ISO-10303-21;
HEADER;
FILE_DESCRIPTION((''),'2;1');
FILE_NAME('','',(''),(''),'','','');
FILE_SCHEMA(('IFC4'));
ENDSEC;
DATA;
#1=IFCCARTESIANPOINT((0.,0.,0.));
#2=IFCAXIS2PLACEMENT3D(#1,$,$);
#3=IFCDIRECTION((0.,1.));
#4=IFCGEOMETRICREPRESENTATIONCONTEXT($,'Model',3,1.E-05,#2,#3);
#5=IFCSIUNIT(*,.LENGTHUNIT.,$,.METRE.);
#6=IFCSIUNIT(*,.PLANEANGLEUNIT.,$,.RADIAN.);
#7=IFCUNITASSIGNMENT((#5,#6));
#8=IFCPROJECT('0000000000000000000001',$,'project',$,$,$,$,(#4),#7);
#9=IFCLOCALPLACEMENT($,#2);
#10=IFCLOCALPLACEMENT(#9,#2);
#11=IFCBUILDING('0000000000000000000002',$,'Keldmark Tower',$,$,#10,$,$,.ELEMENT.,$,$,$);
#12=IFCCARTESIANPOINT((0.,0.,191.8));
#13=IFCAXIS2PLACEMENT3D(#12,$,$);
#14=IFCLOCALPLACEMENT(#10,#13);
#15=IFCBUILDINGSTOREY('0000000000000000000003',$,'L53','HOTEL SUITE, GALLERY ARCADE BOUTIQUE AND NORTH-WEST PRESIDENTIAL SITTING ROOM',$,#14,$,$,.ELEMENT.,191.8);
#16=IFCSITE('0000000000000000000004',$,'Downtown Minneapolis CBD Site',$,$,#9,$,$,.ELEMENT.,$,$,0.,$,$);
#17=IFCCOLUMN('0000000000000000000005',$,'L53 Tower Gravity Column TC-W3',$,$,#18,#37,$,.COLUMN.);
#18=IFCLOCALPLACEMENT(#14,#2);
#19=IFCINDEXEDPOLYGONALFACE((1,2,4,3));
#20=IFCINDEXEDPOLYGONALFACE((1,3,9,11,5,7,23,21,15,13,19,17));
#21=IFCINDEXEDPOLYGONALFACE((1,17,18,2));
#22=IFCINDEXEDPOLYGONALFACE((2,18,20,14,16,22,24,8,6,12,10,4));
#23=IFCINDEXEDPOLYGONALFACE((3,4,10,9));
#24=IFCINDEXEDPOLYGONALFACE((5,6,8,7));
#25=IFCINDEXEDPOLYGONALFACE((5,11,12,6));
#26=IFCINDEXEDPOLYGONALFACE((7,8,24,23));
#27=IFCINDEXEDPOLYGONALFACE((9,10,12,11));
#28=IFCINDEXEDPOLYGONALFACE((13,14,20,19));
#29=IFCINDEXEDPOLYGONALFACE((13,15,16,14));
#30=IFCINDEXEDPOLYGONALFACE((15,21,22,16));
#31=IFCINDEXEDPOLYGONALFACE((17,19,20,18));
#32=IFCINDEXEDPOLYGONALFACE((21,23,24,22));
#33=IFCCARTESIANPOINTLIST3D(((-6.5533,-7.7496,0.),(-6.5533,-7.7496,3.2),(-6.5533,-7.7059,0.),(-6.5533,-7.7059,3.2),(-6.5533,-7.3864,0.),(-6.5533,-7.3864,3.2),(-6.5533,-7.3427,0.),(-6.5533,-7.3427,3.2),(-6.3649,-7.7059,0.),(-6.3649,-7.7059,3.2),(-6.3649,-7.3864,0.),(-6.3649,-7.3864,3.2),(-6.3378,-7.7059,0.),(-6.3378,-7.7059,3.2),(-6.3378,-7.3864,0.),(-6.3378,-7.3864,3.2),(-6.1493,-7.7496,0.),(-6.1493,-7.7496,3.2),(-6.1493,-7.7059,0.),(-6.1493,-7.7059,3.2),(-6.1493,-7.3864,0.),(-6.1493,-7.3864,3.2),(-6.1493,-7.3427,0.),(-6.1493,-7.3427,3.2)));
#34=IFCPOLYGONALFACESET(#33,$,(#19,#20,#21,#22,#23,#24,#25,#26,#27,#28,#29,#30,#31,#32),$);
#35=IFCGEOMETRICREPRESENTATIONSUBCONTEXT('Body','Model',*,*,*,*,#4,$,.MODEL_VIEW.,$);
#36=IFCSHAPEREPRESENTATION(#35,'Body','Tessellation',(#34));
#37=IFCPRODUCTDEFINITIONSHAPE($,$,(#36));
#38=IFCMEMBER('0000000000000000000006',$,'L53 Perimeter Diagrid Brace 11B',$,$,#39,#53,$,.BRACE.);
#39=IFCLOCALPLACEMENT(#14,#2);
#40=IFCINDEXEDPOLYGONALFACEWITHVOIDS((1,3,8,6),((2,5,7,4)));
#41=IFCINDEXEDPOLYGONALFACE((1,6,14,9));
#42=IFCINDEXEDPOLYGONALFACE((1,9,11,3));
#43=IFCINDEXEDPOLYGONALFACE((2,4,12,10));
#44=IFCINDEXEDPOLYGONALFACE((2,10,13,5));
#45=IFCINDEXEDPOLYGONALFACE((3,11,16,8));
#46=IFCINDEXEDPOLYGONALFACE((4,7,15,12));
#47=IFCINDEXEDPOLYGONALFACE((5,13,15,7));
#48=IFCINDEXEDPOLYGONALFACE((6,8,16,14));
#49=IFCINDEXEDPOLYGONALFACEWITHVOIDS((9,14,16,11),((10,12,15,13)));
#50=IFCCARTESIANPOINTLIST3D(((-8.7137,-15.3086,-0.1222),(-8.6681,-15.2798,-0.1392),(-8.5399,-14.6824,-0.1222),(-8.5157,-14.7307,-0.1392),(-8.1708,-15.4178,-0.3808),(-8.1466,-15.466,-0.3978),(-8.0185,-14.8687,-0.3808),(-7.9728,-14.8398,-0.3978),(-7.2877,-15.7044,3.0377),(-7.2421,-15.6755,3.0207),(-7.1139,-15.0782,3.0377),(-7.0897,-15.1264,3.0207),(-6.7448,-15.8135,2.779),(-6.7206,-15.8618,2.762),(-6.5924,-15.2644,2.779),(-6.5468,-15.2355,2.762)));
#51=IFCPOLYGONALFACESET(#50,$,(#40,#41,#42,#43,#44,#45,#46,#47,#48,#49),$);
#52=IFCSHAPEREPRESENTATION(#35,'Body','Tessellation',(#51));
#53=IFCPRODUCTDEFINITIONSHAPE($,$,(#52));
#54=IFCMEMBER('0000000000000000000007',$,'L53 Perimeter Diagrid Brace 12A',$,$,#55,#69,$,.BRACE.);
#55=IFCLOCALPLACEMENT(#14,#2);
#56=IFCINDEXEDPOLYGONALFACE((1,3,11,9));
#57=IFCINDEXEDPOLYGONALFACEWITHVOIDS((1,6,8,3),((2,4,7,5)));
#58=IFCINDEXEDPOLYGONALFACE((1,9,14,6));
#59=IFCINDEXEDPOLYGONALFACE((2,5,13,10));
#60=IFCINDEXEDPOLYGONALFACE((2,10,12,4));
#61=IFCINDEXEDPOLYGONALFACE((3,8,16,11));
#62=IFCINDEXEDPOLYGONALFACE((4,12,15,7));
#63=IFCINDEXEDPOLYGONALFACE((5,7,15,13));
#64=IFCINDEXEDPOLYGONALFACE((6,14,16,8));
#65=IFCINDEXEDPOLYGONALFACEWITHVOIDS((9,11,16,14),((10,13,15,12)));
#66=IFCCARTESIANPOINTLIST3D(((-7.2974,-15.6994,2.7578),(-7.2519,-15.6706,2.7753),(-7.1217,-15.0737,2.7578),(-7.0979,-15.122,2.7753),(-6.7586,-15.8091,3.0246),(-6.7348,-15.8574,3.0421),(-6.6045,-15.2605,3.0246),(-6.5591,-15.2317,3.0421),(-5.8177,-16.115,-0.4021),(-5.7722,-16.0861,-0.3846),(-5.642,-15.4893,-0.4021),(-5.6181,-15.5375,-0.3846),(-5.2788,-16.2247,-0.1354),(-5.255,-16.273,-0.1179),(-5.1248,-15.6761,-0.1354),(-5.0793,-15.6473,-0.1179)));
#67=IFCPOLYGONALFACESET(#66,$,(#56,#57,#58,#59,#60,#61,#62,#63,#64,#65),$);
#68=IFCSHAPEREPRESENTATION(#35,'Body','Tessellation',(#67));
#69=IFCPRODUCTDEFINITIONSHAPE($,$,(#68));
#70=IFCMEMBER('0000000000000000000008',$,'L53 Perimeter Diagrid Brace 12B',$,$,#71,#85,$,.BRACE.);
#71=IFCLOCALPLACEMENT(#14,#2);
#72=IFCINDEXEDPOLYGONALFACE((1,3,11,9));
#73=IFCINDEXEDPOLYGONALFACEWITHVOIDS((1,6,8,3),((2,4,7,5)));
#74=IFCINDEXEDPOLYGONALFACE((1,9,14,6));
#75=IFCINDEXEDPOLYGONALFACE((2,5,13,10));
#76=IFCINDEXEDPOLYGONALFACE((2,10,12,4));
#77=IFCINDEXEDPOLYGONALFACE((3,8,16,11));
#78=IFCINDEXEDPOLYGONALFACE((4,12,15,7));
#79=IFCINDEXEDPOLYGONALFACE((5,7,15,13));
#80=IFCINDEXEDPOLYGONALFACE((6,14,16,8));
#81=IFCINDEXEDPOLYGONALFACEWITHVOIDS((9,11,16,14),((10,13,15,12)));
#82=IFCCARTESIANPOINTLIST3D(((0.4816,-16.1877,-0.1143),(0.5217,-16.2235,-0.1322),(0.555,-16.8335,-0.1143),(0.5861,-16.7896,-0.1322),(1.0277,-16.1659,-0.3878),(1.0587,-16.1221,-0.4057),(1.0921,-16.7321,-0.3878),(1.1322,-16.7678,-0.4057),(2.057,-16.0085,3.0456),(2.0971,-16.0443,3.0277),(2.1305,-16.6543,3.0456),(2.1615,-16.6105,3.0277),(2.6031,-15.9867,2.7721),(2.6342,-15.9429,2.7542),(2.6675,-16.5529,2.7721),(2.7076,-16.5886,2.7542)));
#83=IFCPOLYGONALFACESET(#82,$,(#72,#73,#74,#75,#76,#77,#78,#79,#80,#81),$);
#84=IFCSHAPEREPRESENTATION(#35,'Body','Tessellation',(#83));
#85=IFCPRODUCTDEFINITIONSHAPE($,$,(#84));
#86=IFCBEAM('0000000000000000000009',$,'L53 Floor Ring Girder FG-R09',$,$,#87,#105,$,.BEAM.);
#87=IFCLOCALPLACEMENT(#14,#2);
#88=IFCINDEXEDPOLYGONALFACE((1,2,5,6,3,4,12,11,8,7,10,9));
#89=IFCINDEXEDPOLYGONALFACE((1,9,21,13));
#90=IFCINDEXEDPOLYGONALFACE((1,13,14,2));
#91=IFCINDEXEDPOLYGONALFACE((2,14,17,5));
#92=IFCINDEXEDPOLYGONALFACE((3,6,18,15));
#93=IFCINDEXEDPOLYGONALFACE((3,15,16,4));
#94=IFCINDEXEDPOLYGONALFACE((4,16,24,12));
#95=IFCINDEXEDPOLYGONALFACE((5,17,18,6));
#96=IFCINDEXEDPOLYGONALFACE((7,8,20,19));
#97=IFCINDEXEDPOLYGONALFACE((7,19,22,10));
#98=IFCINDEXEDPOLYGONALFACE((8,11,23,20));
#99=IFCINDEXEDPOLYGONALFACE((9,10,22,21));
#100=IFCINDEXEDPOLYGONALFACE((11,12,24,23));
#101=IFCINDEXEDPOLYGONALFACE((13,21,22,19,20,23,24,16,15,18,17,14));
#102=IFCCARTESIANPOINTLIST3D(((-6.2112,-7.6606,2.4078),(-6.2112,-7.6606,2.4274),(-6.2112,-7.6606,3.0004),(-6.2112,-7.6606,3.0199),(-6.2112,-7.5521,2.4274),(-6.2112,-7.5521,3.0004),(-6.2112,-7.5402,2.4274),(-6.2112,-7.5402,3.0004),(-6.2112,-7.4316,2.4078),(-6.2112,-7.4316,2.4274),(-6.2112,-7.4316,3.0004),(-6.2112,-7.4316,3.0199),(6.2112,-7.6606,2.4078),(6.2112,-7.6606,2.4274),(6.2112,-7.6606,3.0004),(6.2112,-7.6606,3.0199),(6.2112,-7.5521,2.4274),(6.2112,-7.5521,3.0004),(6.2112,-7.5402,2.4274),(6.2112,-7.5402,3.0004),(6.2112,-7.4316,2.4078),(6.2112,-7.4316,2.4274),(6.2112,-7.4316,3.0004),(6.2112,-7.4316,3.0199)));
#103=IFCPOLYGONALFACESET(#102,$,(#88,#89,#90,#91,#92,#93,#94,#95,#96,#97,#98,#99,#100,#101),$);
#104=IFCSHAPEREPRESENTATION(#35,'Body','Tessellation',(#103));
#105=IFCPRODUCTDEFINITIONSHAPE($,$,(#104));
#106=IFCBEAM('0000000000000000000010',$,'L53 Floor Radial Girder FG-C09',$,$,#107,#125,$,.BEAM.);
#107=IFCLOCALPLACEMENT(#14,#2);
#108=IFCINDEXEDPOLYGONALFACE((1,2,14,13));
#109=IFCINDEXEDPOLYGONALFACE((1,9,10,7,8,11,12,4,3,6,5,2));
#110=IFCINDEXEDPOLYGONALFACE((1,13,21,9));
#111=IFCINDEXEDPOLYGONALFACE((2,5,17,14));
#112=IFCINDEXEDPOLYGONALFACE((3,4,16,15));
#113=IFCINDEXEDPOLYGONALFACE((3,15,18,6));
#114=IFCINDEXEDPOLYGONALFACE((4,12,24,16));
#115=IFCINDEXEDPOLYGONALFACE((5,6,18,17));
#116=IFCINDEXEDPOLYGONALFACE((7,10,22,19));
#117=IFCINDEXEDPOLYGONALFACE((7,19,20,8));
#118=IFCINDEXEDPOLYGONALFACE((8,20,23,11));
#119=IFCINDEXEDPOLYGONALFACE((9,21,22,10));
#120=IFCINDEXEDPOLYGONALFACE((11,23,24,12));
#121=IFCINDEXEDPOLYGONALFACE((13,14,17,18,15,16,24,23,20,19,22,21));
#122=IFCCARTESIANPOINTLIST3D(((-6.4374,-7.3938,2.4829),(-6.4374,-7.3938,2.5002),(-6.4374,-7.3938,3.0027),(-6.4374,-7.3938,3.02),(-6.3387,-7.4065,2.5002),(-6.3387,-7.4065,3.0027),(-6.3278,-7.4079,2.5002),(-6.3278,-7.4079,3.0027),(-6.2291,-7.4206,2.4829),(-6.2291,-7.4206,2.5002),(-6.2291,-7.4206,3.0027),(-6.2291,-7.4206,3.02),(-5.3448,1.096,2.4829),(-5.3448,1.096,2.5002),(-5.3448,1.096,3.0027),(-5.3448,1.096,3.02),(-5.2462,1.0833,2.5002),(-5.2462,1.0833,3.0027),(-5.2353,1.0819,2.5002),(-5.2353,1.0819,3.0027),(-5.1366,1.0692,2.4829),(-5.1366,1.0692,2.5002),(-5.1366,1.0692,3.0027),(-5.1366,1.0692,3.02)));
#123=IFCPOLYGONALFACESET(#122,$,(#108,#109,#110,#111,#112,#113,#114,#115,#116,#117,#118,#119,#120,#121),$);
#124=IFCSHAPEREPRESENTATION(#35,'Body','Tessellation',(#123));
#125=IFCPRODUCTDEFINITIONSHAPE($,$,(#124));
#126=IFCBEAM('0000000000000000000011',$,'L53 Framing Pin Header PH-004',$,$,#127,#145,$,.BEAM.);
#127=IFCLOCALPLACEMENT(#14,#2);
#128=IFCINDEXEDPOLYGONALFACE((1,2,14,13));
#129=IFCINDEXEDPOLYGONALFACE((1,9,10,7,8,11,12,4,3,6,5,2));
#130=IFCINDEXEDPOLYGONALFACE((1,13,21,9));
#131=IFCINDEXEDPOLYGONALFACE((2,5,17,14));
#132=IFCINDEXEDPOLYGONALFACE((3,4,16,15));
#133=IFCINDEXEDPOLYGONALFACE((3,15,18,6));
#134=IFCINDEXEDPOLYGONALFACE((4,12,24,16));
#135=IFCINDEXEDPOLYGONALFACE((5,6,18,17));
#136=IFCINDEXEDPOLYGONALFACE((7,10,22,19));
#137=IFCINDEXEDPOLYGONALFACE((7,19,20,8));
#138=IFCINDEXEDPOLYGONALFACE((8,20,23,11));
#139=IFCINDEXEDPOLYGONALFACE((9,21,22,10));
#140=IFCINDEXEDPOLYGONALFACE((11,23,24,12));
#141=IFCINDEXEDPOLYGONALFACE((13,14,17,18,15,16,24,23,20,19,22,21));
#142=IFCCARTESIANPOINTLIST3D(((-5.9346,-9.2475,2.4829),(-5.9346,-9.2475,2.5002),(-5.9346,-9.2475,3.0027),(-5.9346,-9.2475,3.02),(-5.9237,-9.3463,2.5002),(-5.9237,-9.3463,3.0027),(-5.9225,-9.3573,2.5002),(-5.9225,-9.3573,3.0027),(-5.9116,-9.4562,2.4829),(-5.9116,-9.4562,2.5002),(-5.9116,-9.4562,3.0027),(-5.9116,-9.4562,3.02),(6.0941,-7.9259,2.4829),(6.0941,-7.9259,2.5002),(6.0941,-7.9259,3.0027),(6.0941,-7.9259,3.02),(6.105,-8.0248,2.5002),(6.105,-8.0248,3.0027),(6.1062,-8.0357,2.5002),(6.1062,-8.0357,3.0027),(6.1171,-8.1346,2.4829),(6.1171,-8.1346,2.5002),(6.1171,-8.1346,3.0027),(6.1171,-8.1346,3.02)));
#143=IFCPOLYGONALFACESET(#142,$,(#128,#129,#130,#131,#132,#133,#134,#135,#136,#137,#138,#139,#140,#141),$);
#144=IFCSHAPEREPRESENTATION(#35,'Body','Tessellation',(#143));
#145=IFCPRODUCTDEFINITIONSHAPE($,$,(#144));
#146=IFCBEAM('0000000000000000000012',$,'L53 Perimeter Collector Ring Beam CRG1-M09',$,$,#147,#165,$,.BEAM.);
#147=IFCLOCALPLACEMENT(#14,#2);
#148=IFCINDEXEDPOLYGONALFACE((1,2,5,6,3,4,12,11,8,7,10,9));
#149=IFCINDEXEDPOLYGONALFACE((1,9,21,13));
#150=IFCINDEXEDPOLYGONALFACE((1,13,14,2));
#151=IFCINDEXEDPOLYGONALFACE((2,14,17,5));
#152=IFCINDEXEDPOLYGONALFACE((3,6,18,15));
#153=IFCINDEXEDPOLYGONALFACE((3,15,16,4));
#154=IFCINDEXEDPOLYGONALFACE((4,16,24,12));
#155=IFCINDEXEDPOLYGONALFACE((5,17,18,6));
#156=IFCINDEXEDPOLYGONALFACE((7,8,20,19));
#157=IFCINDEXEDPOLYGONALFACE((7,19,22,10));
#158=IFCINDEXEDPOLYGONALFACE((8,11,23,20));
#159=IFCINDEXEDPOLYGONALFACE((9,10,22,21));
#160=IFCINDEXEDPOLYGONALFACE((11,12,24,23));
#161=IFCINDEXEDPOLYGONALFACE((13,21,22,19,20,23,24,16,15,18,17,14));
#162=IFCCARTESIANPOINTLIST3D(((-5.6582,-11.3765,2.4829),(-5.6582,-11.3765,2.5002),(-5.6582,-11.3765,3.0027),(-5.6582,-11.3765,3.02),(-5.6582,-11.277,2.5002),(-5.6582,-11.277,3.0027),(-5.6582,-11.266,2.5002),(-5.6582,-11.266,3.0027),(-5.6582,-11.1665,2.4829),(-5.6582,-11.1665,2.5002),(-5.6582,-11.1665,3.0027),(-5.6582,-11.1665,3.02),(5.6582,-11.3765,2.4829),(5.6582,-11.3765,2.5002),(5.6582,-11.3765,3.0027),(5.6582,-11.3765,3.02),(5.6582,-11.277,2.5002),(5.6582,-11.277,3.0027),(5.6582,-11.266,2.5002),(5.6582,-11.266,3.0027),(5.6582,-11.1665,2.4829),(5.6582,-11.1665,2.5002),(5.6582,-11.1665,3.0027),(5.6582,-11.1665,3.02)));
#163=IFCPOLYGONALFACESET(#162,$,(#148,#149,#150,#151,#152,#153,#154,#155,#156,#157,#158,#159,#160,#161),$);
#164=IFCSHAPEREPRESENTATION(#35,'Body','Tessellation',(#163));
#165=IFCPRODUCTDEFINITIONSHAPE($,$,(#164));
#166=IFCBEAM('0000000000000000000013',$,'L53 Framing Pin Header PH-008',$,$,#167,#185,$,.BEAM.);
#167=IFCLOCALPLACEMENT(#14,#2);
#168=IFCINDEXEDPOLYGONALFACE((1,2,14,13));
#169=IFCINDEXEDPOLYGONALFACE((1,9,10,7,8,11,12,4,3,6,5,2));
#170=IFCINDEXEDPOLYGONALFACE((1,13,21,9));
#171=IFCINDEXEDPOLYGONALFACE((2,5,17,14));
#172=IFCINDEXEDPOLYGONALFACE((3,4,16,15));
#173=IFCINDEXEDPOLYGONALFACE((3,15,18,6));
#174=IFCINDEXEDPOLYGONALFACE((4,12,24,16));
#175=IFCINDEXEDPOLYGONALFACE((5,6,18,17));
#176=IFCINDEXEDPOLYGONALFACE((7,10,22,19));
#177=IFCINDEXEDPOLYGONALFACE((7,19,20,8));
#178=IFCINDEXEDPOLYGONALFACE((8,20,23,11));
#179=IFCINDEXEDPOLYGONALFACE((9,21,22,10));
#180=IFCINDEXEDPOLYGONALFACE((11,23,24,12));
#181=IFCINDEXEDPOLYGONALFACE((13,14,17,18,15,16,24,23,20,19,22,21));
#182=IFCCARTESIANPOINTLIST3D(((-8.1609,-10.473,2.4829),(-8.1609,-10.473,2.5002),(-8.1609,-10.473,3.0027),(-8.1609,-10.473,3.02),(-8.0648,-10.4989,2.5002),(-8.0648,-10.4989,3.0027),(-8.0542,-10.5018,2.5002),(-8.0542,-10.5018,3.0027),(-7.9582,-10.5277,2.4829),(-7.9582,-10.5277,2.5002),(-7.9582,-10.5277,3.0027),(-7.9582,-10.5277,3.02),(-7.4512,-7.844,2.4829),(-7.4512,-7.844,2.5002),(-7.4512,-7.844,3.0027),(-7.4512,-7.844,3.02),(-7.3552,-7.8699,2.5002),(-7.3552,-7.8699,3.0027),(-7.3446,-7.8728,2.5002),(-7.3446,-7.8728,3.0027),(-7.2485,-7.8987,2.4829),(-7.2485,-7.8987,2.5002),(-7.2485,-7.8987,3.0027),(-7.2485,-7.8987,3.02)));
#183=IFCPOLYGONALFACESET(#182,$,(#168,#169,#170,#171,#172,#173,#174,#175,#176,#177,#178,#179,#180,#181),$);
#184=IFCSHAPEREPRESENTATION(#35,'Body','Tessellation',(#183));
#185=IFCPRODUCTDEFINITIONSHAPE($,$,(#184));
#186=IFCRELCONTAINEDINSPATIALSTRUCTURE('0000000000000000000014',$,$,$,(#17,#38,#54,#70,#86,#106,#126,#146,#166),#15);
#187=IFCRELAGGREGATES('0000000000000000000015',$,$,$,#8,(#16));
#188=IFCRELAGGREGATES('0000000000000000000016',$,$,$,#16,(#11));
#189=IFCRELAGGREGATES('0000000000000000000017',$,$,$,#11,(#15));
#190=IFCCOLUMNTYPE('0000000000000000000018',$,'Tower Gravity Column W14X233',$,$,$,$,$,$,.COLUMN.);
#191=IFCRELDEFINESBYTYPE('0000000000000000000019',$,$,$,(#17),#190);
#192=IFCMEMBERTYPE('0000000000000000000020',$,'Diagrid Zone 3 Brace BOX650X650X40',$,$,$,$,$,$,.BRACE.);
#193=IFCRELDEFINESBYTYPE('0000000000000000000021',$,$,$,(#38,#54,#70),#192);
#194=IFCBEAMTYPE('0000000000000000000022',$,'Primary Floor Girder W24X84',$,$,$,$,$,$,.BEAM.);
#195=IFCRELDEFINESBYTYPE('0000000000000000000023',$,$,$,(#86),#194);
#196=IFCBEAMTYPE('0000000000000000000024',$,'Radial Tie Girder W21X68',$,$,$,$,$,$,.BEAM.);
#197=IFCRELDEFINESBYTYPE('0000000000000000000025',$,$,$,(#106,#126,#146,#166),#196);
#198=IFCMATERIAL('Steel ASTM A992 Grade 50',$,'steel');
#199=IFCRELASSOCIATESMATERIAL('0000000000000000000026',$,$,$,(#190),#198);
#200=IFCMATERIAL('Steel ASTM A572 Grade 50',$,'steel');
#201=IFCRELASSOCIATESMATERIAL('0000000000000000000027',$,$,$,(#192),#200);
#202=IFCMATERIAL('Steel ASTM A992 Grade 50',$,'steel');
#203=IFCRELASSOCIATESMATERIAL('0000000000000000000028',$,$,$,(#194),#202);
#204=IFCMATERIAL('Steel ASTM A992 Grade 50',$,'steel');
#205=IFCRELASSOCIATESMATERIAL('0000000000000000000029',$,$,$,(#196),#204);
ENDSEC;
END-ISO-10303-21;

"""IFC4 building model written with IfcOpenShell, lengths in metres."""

from ifc_helpers import new_model, si_unit, direction, frame, origin, origin_2d, place, context, subcontext, project, spatial, hollow_rectangle, i_section, extrude, material, material_profile, profile_set, type_object, element, save


model = new_model("IFC4")

# Units and contexts
model_context = context("Model", 3, precision=1e-05, world=origin(), true_north=direction((0.0, 1.0)))
body_context = subcontext(model_context, "Body", "Model", "MODEL_VIEW")
ifc_project = project(units=[si_unit("LENGTHUNIT", "METRE"), si_unit("PLANEANGLEUNIT", "RADIAN")], contexts=[model_context])

# Site, building, storey
site_placement = place(None, origin())
site = spatial("IfcSite", under=ifc_project, at=site_placement, Name="Downtown Minneapolis CBD Site", CompositionType="ELEMENT", RefElevation=0.0)
building_placement = place(site_placement, origin())
building = spatial("IfcBuilding", under=site, at=building_placement, Name="Keldmark Tower", CompositionType="ELEMENT")
storey_placement = place(building_placement, frame((0.0, 0.0, 191.8)))
storey = spatial("IfcBuildingStorey", under=building, at=storey_placement, Name="L53", Description="HOTEL SUITE, GALLERY ARCADE BOUTIQUE AND NORTH-WEST PRESIDENTIAL SITTING ROOM", CompositionType="ELEMENT", Elevation=191.8)

# Column
ifc_material_1 = material(Name="Steel ASTM A992 Grade 50", Category="steel")
ifc_material_profile_1 = material_profile(ifc_material_1, i_section(OverallWidth=0.4041, OverallDepth=0.407, WebThickness=0.0271, FlangeThickness=0.0437, at=origin_2d()), Name="W14X233")
ifc_profile_set_1 = profile_set([ifc_material_profile_1], Name="Steel ASTM A992 Grade 50")
column_type = type_object("IfcColumnType", Name="Tower Gravity Column W14X233", PredefinedType="COLUMN", material=ifc_profile_set_1)
column_placement = place(storey_placement, frame((-6.3513, -7.5461, 0.0), z_axis=(0.0, 0.0, 1.0), x_axis=(1.0, 0.0, 0.0)))
element("IfcColumn", 1, at=column_placement, inside=storey, type_object=column_type, Name="L53 Tower Gravity Column TC-W3", PredefinedType="COLUMN", context=body_context, shape_type="SweptSolid", body=[
    extrude(i_section(OverallWidth=0.4041, OverallDepth=0.407, WebThickness=0.0271, FlangeThickness=0.0437, at=origin_2d()), origin(), (0.0, 0.0, 1.0), 3.2),
])

# Members
ifc_material_2 = material(Name="Steel ASTM A572 Grade 50", Category="steel")
ifc_material_profile_2 = material_profile(ifc_material_2, hollow_rectangle(XDim=0.6499, YDim=0.6499, WallThickness=0.04, at=origin_2d()), Name="BOX650X650X40")
ifc_profile_set_2 = profile_set([ifc_material_profile_2], Name="Steel ASTM A572 Grade 50")
member_type = type_object("IfcMemberType", Name="Diagrid Zone 3 Brace BOX650X650X40", PredefinedType="BRACE", material=ifc_profile_set_2)
member_1_placement = place(storey_placement, frame((-8.3433, -15.0742, -0.26), z_axis=(0.408685, -0.113419, 0.905601), x_axis=(0.267414, 0.963582, 0.0)))
element("IfcMember", 2, at=member_1_placement, inside=storey, type_object=member_type, Name="L53 Perimeter Diagrid Brace 11B", PredefinedType="BRACE", context=body_context, shape_type="SweptSolid", body=[
    extrude(hollow_rectangle(XDim=0.6499, YDim=0.6499, WallThickness=0.04, at=origin_2d()), origin(), (0.0, 0.0, 1.0), 3.4893),
])
member_2_placement = place(storey_placement, frame((-5.4485, -15.8811, -0.26), z_axis=(-0.421112, 0.118253, 0.899267), x_axis=(-0.270355, -0.962761, 0.0)))
element("IfcMember", 3, at=member_2_placement, inside=storey, type_object=member_type, Name="L53 Perimeter Diagrid Brace 12A", PredefinedType="BRACE", context=body_context, shape_type="SweptSolid", body=[
    extrude(hollow_rectangle(XDim=0.6499, YDim=0.6499, WallThickness=0.04, at=origin_2d()), origin(), (0.0, 0.0, 1.0), 3.5139),
])
member_3_placement = place(storey_placement, frame((0.8069, -16.4778, -0.26), z_axis=(0.445616, 0.050687, 0.893788), x_axis=(-0.113017, 0.993593, 0.0)))
element("IfcMember", 4, at=member_3_placement, inside=storey, type_object=member_type, Name="L53 Perimeter Diagrid Brace 12B", PredefinedType="BRACE", context=body_context, shape_type="SweptSolid", body=[
    extrude(hollow_rectangle(XDim=0.6499, YDim=0.6499, WallThickness=0.04, at=origin_2d()), origin(), (0.0, 0.0, 1.0), 3.5354),
])

# Beams
ifc_material_3 = material(Name="Steel ASTM A992 Grade 50", Category="steel")
ifc_material_profile_3 = material_profile(ifc_material_3, i_section(OverallWidth=0.229, OverallDepth=0.6121, WebThickness=0.012, FlangeThickness=0.0195, at=origin_2d()), Name="W24X84")
ifc_profile_set_3 = profile_set([ifc_material_profile_3], Name="Steel ASTM A992 Grade 50")
beam_type_1 = type_object("IfcBeamType", Name="Primary Floor Girder W24X84", PredefinedType="BEAM", material=ifc_profile_set_3)
beam_1_placement = place(storey_placement, frame((-6.2112, -7.5461, 2.7139), z_axis=(1.0, 0.0, 0.0), x_axis=(0.0, 1.0, 0.0)))
element("IfcBeam", 5, at=beam_1_placement, inside=storey, type_object=beam_type_1, Name="L53 Floor Ring Girder FG-R09", PredefinedType="BEAM", context=body_context, shape_type="SweptSolid", body=[
    extrude(i_section(OverallWidth=0.229, OverallDepth=0.6121, WebThickness=0.012, FlangeThickness=0.0195, at=origin_2d()), origin(), (0.0, 0.0, 1.0), 12.4224),
])
ifc_material_4 = material(Name="Steel ASTM A992 Grade 50", Category="steel")
ifc_material_profile_4 = material_profile(ifc_material_4, i_section(OverallWidth=0.21, OverallDepth=0.5371, WebThickness=0.011, FlangeThickness=0.0173, at=origin_2d()), Name="W21X68")
ifc_profile_set_4 = profile_set([ifc_material_profile_4], Name="Steel ASTM A992 Grade 50")
beam_type_2 = type_object("IfcBeamType", Name="Radial Tie Girder W21X68", PredefinedType="BEAM", material=ifc_profile_set_4)
beam_2_placement = place(storey_placement, frame((-6.3333, -7.4072, 2.7515), z_axis=(0.127636, 0.991821, 0.0), x_axis=(-0.991821, 0.127636, 0.0)))
element("IfcBeam", 6, at=beam_2_placement, inside=storey, type_object=beam_type_2, Name="L53 Floor Radial Girder FG-C09", PredefinedType="BEAM", context=body_context, shape_type="SweptSolid", body=[
    extrude(i_section(OverallWidth=0.21, OverallDepth=0.5371, WebThickness=0.011, FlangeThickness=0.0173, at=origin_2d()), origin(), (0.0, 0.0, 1.0), 8.5598),
])
beam_3_placement = place(storey_placement, frame((-5.9231, -9.3518, 2.7515), z_axis=(0.994019, 0.109207, 0.0), x_axis=(-0.109207, 0.994019, 0.0)))
element("IfcBeam", 7, at=beam_3_placement, inside=storey, type_object=beam_type_2, Name="L53 Framing Pin Header PH-004", PredefinedType="BEAM", context=body_context, shape_type="SweptSolid", body=[
    extrude(i_section(OverallWidth=0.21, OverallDepth=0.5371, WebThickness=0.011, FlangeThickness=0.0173, at=origin_2d()), origin(), (0.0, 0.0, 1.0), 12.1011),
])
beam_4_placement = place(storey_placement, frame((-5.6582, -11.2715, 2.7515), z_axis=(1.0, 0.0, 0.0), x_axis=(0.0, 1.0, 0.0)))
element("IfcBeam", 8, at=beam_4_placement, inside=storey, type_object=beam_type_2, Name="L53 Perimeter Collector Ring Beam CRG1-M09", PredefinedType="BEAM", context=body_context, shape_type="SweptSolid", body=[
    extrude(i_section(OverallWidth=0.21, OverallDepth=0.5371, WebThickness=0.011, FlangeThickness=0.0173, at=origin_2d()), origin(), (0.0, 0.0, 1.0), 11.3164),
])
beam_5_placement = place(storey_placement, frame((-7.3499, -7.8713, 2.7515), z_axis=(-0.260613, -0.965443, 0.0), x_axis=(0.965443, -0.260613, 0.0)))
element("IfcBeam", 9, at=beam_5_placement, inside=storey, type_object=beam_type_2, Name="L53 Framing Pin Header PH-008", PredefinedType="BEAM", context=body_context, shape_type="SweptSolid", body=[
    extrude(i_section(OverallWidth=0.21, OverallDepth=0.5371, WebThickness=0.011, FlangeThickness=0.0173, at=origin_2d()), origin(), (0.0, 0.0, 1.0), 2.7231),
])

save(model, "model.ifc")
